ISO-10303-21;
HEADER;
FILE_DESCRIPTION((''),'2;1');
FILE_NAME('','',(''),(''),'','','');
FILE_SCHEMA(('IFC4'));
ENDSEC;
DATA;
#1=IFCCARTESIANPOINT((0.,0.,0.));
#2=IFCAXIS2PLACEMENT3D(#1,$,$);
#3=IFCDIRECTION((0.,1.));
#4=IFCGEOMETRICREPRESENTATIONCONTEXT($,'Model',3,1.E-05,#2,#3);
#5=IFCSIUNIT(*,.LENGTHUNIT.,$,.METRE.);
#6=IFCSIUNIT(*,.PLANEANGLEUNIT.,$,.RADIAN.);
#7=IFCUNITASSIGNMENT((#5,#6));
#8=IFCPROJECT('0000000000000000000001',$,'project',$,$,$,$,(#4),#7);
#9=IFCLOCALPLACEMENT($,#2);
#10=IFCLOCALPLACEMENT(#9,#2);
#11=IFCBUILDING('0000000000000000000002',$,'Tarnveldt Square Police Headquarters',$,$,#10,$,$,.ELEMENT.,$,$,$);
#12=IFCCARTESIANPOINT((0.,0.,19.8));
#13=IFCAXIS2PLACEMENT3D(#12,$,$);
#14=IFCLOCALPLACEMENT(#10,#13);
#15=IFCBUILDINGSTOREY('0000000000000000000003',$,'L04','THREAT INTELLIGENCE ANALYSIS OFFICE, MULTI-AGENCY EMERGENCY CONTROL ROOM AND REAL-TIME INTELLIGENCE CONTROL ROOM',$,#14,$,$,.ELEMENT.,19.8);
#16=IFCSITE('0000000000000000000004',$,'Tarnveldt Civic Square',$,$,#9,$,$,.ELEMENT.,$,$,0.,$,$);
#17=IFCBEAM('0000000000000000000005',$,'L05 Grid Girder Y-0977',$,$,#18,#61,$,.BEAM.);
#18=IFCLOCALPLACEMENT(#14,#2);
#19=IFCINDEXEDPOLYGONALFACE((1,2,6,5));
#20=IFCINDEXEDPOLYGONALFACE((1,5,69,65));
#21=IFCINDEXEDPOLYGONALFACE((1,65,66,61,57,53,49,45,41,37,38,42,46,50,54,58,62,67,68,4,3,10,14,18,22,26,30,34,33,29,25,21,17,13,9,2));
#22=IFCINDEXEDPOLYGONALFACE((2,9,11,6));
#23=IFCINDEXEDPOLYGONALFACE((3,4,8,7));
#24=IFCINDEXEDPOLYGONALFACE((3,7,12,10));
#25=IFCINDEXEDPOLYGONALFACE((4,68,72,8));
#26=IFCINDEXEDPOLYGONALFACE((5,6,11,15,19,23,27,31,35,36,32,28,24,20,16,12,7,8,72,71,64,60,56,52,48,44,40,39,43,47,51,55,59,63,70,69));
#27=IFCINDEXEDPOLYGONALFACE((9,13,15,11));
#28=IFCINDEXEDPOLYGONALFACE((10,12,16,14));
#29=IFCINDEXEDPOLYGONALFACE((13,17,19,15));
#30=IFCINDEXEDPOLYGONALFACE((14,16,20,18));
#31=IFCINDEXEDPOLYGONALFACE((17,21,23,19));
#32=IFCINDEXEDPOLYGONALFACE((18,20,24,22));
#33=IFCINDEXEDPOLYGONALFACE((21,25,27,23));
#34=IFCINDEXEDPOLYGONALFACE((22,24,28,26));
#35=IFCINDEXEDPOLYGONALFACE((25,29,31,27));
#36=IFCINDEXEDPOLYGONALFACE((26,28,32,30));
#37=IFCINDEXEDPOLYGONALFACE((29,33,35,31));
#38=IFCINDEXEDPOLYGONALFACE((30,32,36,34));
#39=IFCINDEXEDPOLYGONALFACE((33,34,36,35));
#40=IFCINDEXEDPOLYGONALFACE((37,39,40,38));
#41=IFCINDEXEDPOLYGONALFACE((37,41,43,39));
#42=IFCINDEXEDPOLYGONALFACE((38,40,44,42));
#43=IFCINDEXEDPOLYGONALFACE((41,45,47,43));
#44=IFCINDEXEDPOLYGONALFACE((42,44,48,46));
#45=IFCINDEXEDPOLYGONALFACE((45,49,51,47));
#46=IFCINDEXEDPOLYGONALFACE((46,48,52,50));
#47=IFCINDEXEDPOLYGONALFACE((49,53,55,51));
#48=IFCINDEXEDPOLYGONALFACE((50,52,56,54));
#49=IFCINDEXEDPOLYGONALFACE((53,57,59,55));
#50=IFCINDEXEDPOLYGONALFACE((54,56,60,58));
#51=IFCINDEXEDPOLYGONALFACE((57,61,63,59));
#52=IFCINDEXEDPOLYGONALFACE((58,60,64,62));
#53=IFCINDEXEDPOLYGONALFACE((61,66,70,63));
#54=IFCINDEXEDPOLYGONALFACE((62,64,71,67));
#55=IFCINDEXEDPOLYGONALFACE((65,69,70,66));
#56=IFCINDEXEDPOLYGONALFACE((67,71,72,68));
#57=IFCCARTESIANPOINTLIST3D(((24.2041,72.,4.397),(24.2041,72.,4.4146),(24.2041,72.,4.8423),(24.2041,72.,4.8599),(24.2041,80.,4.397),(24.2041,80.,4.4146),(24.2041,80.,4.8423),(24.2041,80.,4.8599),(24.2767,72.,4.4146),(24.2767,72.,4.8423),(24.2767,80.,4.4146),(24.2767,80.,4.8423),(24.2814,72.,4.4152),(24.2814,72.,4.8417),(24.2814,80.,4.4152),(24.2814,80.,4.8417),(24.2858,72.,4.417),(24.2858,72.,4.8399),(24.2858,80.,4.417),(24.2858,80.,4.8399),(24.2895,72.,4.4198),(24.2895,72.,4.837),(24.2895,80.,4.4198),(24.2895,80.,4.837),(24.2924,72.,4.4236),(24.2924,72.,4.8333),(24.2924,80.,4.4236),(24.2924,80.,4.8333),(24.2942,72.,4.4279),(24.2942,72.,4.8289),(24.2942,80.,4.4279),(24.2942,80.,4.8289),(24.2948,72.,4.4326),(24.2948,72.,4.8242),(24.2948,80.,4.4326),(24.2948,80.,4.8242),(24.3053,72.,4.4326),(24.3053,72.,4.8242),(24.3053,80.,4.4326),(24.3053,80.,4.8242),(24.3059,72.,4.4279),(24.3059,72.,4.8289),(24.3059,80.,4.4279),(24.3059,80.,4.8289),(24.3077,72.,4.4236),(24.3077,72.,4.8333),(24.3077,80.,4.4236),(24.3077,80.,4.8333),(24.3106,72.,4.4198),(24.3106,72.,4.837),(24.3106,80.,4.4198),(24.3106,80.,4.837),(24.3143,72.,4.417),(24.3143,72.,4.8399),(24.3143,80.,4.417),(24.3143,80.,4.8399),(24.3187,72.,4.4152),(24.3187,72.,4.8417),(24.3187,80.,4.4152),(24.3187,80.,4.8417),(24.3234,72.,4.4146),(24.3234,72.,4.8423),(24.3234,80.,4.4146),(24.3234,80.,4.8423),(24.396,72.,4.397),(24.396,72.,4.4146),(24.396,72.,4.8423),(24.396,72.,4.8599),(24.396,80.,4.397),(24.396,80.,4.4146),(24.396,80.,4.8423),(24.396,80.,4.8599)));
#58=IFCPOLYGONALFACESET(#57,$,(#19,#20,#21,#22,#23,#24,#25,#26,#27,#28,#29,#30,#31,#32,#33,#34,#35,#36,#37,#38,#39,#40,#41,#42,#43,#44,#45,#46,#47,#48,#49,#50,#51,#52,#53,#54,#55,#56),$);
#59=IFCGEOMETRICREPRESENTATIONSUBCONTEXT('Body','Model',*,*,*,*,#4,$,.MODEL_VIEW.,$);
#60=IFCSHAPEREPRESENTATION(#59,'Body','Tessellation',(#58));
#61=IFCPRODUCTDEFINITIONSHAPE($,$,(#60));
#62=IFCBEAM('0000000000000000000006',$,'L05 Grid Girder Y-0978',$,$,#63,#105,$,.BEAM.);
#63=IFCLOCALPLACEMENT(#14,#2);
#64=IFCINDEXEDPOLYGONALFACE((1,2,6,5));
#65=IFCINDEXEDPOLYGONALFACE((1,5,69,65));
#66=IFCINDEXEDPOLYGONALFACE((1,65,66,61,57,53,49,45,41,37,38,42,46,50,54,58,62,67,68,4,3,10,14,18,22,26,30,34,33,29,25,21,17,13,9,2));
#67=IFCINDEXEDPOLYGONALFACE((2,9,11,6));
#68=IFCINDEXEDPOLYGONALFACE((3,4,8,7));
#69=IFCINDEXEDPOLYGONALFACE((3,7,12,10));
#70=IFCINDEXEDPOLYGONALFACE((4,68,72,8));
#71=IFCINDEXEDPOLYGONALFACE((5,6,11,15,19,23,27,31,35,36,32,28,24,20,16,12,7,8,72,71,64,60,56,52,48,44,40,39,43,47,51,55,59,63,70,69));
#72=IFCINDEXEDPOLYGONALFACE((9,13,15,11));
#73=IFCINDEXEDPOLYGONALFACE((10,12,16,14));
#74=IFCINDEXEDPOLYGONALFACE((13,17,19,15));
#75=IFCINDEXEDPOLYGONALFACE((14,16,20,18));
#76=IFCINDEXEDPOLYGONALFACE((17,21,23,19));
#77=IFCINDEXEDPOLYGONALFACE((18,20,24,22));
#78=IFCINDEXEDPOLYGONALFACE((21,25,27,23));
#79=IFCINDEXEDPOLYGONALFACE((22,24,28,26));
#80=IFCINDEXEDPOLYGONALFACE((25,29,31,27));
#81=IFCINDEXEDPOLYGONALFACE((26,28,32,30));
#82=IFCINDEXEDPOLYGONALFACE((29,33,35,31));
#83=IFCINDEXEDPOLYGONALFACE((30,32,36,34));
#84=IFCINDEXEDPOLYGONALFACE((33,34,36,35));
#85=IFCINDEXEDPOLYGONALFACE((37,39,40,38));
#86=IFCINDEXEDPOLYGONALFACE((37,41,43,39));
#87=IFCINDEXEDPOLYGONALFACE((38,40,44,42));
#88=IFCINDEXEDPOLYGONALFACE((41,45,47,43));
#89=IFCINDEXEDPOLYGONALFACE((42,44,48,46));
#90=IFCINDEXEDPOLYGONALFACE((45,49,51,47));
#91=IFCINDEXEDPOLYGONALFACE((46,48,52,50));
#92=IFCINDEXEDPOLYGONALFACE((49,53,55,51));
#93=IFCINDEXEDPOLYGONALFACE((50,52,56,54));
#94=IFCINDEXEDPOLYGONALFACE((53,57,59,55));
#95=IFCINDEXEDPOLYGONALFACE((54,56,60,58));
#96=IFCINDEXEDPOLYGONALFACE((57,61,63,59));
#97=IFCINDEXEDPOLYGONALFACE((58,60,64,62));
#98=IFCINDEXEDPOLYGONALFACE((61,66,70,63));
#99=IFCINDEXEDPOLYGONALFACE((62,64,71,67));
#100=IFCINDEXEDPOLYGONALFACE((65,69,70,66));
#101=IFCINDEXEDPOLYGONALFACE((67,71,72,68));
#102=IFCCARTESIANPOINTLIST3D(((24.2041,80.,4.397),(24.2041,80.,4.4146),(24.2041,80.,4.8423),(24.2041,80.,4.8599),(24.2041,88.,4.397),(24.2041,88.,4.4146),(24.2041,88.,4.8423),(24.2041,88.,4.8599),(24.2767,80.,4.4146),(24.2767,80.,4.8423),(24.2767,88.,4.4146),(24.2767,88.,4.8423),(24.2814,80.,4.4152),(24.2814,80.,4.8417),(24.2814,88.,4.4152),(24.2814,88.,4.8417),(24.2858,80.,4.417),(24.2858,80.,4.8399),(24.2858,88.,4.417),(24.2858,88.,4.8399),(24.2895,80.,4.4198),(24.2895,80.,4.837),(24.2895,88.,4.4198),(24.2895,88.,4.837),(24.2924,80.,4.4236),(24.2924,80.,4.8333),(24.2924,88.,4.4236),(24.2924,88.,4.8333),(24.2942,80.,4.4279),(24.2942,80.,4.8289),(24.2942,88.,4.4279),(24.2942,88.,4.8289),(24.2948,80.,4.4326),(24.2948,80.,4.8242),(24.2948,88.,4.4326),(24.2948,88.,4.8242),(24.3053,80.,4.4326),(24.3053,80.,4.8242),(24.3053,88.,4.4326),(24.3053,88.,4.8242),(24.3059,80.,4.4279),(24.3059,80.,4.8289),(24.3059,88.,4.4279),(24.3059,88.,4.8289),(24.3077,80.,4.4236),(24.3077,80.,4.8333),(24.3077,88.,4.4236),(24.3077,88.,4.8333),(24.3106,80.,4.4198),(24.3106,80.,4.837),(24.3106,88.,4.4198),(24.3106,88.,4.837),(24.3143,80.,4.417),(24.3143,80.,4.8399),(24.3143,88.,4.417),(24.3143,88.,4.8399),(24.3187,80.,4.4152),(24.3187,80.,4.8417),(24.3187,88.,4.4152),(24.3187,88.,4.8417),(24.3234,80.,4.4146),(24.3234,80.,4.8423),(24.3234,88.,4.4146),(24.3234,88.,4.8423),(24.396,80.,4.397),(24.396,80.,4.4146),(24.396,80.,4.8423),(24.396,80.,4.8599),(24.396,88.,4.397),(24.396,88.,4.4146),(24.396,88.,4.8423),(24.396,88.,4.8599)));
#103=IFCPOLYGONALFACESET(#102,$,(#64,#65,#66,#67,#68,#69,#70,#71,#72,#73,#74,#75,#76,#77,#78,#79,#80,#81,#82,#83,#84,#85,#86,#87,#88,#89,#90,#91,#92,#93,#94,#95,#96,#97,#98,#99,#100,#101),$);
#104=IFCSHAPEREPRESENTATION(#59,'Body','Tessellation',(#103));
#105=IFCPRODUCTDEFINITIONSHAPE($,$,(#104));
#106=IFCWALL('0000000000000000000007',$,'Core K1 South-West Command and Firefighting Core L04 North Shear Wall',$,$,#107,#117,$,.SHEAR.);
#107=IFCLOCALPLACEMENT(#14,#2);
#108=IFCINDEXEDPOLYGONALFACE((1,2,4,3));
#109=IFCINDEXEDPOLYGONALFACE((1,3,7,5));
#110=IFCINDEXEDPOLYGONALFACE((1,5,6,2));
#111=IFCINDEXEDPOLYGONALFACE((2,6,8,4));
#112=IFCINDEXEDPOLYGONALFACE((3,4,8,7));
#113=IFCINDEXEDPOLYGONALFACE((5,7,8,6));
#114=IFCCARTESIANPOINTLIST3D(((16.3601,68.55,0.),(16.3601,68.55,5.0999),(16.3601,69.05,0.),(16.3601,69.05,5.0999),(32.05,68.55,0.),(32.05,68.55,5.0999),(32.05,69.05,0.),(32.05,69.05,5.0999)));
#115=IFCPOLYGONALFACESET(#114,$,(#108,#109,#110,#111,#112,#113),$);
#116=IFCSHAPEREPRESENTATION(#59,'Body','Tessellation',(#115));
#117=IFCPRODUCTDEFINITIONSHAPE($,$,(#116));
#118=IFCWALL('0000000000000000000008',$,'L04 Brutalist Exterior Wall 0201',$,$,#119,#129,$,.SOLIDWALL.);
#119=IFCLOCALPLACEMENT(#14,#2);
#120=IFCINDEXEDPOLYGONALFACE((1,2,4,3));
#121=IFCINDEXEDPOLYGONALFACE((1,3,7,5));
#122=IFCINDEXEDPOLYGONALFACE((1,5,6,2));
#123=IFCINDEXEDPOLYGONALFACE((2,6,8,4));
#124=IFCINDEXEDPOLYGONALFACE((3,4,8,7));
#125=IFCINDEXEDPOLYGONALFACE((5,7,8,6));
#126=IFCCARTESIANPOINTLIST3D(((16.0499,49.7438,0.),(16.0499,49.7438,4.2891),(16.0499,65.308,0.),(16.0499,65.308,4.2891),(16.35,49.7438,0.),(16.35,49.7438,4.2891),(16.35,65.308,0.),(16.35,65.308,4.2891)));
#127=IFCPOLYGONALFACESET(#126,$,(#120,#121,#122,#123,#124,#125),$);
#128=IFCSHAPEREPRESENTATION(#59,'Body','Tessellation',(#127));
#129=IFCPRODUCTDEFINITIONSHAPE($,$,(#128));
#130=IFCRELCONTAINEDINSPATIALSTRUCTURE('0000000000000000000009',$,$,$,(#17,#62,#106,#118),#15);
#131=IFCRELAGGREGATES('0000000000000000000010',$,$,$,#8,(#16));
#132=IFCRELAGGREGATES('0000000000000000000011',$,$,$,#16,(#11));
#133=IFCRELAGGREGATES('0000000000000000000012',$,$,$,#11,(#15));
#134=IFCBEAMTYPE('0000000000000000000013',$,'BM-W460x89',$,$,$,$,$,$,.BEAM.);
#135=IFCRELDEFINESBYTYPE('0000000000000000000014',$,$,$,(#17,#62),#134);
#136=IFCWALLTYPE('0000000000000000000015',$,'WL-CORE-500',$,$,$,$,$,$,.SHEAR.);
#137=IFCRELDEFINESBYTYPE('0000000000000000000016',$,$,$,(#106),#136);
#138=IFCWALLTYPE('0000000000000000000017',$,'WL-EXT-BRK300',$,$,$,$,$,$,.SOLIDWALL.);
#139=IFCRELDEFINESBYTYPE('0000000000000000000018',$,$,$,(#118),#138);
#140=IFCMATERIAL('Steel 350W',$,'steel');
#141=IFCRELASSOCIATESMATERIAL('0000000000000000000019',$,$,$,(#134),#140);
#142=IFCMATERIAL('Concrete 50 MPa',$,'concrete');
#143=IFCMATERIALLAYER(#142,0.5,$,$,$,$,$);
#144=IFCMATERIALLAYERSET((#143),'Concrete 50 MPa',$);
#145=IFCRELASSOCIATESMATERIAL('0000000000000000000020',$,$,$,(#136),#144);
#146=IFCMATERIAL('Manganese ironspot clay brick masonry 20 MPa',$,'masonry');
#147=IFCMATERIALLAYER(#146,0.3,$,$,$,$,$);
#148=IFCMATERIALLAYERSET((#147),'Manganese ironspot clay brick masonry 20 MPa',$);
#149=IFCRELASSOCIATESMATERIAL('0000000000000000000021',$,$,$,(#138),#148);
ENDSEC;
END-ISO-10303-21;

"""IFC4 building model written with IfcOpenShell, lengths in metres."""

from ifc_helpers import new_model, si_unit, direction, frame, frame_2d, origin, origin_2d, place, context, subcontext, project, spatial, rectangle, i_section, extrude, material, layer, layer_set, material_profile, profile_set, type_object, element, save


model = new_model("IFC4")

# Units and contexts
model_context = context("Model", 3, precision=1e-05, world=origin(), true_north=direction((0.0, 1.0)))
body_context = subcontext(model_context, "Body", "Model", "MODEL_VIEW")
ifc_project = project(units=[si_unit("LENGTHUNIT", "METRE"), si_unit("PLANEANGLEUNIT", "RADIAN")], contexts=[model_context])

# Site, building, storey
site_placement = place(None, origin())
site = spatial("IfcSite", under=ifc_project, at=site_placement, Name="Tarnveldt Civic Square", CompositionType="ELEMENT", RefElevation=0.0)
building_placement = place(site_placement, origin())
building = spatial("IfcBuilding", under=site, at=building_placement, Name="Tarnveldt Square Police Headquarters", CompositionType="ELEMENT")
storey_placement = place(building_placement, frame((0.0, 0.0, 19.8)))
storey = spatial("IfcBuildingStorey", under=building, at=storey_placement, Name="L04", Description="THREAT INTELLIGENCE ANALYSIS OFFICE, MULTI-AGENCY EMERGENCY CONTROL ROOM AND REAL-TIME INTELLIGENCE CONTROL ROOM", CompositionType="ELEMENT", Elevation=19.8)

# Beams
ifc_material_1 = material(Name="Concrete 50 MPa", Category="concrete")
ifc_material_2 = material(Name="Steel 350W", Category="steel")
ifc_material_profile_1 = material_profile(ifc_material_2, i_section(OverallWidth=0.1919, OverallDepth=0.4629, WebThickness=0.0105, FlangeThickness=0.0176, FilletRadius=0.0181, at=origin_2d()), Name="W460x89")
ifc_profile_set_1 = profile_set([ifc_material_profile_1], Name="Steel 350W")
beam_type_1 = type_object("IfcBeamType", Name="BM-W460x89", PredefinedType="BEAM", material=ifc_profile_set_1)
for number, where, z_axis, x_axis, name in (
    (1, (24.3, 72.0, 4.6284), (0.0, 1.0, 0.0), (-1.0, 0.0, 0.0), "L05 Grid Girder Y-0977"),
    (2, (24.3, 80.0, 4.6284), (0.0, 1.0, 0.0), (-1.0, 0.0, 0.0), "L05 Grid Girder Y-0978"),
):
    element("IfcBeam", number, at=place(storey_placement, frame(where, z_axis=z_axis, x_axis=x_axis)), inside=storey, type_object=beam_type_1, Name=name, PredefinedType="BEAM", context=body_context, shape_type="SweptSolid", body=[
        extrude(i_section(OverallWidth=0.1919, OverallDepth=0.4629, WebThickness=0.0105, FlangeThickness=0.0176, FilletRadius=0.0181, at=origin_2d()), origin(), (0.0, 0.0, 1.0), 8.0),
    ])

# Walls
ifc_layer_1 = layer(ifc_material_1, 0.5)
ifc_layer_set_1 = layer_set([ifc_layer_1], Name="Concrete 50 MPa")
wall_type_1 = type_object("IfcWallType", Name="WL-CORE-500", PredefinedType="SHEAR", material=ifc_layer_set_1)
wall_1_placement = place(storey_placement, frame((16.3601, 68.8, 0.0), z_axis=(0.0, 0.0, 1.0), x_axis=(1.0, 0.0, 0.0)))
element("IfcWall", 3, at=wall_1_placement, inside=storey, type_object=wall_type_1, Name="Core K1 South-West Command and Firefighting Core L04 North Shear Wall", PredefinedType="SHEAR", context=body_context, shape_type="SweptSolid", body=[
    extrude(rectangle(XDim=15.6899, YDim=0.5, at=frame_2d((7.845, 0.0))), origin(), (0.0, 0.0, 1.0), 5.0999),
])
ifc_material_3 = material(Name="Manganese ironspot clay brick masonry 20 MPa", Category="masonry")
ifc_layer_2 = layer(ifc_material_3, 0.3)
ifc_layer_set_2 = layer_set([ifc_layer_2], Name="Manganese ironspot clay brick masonry 20 MPa")
wall_type_2 = type_object("IfcWallType", Name="WL-EXT-BRK300", PredefinedType="SOLIDWALL", material=ifc_layer_set_2)
wall_2_placement = place(storey_placement, frame((16.2, 65.3081, 0.0), z_axis=(0.0, 0.0, 1.0), x_axis=(0.0, -1.0, 0.0)))
element("IfcWall", 4, at=wall_2_placement, inside=storey, type_object=wall_type_2, Name="L04 Brutalist Exterior Wall 0201", PredefinedType="SOLIDWALL", context=body_context, shape_type="SweptSolid", body=[
    extrude(rectangle(XDim=15.5642, YDim=0.3, at=frame_2d((7.7822, 0.0))), origin(), (0.0, 0.0, 1.0), 4.2891),
])

save(model, "model.ifc")
